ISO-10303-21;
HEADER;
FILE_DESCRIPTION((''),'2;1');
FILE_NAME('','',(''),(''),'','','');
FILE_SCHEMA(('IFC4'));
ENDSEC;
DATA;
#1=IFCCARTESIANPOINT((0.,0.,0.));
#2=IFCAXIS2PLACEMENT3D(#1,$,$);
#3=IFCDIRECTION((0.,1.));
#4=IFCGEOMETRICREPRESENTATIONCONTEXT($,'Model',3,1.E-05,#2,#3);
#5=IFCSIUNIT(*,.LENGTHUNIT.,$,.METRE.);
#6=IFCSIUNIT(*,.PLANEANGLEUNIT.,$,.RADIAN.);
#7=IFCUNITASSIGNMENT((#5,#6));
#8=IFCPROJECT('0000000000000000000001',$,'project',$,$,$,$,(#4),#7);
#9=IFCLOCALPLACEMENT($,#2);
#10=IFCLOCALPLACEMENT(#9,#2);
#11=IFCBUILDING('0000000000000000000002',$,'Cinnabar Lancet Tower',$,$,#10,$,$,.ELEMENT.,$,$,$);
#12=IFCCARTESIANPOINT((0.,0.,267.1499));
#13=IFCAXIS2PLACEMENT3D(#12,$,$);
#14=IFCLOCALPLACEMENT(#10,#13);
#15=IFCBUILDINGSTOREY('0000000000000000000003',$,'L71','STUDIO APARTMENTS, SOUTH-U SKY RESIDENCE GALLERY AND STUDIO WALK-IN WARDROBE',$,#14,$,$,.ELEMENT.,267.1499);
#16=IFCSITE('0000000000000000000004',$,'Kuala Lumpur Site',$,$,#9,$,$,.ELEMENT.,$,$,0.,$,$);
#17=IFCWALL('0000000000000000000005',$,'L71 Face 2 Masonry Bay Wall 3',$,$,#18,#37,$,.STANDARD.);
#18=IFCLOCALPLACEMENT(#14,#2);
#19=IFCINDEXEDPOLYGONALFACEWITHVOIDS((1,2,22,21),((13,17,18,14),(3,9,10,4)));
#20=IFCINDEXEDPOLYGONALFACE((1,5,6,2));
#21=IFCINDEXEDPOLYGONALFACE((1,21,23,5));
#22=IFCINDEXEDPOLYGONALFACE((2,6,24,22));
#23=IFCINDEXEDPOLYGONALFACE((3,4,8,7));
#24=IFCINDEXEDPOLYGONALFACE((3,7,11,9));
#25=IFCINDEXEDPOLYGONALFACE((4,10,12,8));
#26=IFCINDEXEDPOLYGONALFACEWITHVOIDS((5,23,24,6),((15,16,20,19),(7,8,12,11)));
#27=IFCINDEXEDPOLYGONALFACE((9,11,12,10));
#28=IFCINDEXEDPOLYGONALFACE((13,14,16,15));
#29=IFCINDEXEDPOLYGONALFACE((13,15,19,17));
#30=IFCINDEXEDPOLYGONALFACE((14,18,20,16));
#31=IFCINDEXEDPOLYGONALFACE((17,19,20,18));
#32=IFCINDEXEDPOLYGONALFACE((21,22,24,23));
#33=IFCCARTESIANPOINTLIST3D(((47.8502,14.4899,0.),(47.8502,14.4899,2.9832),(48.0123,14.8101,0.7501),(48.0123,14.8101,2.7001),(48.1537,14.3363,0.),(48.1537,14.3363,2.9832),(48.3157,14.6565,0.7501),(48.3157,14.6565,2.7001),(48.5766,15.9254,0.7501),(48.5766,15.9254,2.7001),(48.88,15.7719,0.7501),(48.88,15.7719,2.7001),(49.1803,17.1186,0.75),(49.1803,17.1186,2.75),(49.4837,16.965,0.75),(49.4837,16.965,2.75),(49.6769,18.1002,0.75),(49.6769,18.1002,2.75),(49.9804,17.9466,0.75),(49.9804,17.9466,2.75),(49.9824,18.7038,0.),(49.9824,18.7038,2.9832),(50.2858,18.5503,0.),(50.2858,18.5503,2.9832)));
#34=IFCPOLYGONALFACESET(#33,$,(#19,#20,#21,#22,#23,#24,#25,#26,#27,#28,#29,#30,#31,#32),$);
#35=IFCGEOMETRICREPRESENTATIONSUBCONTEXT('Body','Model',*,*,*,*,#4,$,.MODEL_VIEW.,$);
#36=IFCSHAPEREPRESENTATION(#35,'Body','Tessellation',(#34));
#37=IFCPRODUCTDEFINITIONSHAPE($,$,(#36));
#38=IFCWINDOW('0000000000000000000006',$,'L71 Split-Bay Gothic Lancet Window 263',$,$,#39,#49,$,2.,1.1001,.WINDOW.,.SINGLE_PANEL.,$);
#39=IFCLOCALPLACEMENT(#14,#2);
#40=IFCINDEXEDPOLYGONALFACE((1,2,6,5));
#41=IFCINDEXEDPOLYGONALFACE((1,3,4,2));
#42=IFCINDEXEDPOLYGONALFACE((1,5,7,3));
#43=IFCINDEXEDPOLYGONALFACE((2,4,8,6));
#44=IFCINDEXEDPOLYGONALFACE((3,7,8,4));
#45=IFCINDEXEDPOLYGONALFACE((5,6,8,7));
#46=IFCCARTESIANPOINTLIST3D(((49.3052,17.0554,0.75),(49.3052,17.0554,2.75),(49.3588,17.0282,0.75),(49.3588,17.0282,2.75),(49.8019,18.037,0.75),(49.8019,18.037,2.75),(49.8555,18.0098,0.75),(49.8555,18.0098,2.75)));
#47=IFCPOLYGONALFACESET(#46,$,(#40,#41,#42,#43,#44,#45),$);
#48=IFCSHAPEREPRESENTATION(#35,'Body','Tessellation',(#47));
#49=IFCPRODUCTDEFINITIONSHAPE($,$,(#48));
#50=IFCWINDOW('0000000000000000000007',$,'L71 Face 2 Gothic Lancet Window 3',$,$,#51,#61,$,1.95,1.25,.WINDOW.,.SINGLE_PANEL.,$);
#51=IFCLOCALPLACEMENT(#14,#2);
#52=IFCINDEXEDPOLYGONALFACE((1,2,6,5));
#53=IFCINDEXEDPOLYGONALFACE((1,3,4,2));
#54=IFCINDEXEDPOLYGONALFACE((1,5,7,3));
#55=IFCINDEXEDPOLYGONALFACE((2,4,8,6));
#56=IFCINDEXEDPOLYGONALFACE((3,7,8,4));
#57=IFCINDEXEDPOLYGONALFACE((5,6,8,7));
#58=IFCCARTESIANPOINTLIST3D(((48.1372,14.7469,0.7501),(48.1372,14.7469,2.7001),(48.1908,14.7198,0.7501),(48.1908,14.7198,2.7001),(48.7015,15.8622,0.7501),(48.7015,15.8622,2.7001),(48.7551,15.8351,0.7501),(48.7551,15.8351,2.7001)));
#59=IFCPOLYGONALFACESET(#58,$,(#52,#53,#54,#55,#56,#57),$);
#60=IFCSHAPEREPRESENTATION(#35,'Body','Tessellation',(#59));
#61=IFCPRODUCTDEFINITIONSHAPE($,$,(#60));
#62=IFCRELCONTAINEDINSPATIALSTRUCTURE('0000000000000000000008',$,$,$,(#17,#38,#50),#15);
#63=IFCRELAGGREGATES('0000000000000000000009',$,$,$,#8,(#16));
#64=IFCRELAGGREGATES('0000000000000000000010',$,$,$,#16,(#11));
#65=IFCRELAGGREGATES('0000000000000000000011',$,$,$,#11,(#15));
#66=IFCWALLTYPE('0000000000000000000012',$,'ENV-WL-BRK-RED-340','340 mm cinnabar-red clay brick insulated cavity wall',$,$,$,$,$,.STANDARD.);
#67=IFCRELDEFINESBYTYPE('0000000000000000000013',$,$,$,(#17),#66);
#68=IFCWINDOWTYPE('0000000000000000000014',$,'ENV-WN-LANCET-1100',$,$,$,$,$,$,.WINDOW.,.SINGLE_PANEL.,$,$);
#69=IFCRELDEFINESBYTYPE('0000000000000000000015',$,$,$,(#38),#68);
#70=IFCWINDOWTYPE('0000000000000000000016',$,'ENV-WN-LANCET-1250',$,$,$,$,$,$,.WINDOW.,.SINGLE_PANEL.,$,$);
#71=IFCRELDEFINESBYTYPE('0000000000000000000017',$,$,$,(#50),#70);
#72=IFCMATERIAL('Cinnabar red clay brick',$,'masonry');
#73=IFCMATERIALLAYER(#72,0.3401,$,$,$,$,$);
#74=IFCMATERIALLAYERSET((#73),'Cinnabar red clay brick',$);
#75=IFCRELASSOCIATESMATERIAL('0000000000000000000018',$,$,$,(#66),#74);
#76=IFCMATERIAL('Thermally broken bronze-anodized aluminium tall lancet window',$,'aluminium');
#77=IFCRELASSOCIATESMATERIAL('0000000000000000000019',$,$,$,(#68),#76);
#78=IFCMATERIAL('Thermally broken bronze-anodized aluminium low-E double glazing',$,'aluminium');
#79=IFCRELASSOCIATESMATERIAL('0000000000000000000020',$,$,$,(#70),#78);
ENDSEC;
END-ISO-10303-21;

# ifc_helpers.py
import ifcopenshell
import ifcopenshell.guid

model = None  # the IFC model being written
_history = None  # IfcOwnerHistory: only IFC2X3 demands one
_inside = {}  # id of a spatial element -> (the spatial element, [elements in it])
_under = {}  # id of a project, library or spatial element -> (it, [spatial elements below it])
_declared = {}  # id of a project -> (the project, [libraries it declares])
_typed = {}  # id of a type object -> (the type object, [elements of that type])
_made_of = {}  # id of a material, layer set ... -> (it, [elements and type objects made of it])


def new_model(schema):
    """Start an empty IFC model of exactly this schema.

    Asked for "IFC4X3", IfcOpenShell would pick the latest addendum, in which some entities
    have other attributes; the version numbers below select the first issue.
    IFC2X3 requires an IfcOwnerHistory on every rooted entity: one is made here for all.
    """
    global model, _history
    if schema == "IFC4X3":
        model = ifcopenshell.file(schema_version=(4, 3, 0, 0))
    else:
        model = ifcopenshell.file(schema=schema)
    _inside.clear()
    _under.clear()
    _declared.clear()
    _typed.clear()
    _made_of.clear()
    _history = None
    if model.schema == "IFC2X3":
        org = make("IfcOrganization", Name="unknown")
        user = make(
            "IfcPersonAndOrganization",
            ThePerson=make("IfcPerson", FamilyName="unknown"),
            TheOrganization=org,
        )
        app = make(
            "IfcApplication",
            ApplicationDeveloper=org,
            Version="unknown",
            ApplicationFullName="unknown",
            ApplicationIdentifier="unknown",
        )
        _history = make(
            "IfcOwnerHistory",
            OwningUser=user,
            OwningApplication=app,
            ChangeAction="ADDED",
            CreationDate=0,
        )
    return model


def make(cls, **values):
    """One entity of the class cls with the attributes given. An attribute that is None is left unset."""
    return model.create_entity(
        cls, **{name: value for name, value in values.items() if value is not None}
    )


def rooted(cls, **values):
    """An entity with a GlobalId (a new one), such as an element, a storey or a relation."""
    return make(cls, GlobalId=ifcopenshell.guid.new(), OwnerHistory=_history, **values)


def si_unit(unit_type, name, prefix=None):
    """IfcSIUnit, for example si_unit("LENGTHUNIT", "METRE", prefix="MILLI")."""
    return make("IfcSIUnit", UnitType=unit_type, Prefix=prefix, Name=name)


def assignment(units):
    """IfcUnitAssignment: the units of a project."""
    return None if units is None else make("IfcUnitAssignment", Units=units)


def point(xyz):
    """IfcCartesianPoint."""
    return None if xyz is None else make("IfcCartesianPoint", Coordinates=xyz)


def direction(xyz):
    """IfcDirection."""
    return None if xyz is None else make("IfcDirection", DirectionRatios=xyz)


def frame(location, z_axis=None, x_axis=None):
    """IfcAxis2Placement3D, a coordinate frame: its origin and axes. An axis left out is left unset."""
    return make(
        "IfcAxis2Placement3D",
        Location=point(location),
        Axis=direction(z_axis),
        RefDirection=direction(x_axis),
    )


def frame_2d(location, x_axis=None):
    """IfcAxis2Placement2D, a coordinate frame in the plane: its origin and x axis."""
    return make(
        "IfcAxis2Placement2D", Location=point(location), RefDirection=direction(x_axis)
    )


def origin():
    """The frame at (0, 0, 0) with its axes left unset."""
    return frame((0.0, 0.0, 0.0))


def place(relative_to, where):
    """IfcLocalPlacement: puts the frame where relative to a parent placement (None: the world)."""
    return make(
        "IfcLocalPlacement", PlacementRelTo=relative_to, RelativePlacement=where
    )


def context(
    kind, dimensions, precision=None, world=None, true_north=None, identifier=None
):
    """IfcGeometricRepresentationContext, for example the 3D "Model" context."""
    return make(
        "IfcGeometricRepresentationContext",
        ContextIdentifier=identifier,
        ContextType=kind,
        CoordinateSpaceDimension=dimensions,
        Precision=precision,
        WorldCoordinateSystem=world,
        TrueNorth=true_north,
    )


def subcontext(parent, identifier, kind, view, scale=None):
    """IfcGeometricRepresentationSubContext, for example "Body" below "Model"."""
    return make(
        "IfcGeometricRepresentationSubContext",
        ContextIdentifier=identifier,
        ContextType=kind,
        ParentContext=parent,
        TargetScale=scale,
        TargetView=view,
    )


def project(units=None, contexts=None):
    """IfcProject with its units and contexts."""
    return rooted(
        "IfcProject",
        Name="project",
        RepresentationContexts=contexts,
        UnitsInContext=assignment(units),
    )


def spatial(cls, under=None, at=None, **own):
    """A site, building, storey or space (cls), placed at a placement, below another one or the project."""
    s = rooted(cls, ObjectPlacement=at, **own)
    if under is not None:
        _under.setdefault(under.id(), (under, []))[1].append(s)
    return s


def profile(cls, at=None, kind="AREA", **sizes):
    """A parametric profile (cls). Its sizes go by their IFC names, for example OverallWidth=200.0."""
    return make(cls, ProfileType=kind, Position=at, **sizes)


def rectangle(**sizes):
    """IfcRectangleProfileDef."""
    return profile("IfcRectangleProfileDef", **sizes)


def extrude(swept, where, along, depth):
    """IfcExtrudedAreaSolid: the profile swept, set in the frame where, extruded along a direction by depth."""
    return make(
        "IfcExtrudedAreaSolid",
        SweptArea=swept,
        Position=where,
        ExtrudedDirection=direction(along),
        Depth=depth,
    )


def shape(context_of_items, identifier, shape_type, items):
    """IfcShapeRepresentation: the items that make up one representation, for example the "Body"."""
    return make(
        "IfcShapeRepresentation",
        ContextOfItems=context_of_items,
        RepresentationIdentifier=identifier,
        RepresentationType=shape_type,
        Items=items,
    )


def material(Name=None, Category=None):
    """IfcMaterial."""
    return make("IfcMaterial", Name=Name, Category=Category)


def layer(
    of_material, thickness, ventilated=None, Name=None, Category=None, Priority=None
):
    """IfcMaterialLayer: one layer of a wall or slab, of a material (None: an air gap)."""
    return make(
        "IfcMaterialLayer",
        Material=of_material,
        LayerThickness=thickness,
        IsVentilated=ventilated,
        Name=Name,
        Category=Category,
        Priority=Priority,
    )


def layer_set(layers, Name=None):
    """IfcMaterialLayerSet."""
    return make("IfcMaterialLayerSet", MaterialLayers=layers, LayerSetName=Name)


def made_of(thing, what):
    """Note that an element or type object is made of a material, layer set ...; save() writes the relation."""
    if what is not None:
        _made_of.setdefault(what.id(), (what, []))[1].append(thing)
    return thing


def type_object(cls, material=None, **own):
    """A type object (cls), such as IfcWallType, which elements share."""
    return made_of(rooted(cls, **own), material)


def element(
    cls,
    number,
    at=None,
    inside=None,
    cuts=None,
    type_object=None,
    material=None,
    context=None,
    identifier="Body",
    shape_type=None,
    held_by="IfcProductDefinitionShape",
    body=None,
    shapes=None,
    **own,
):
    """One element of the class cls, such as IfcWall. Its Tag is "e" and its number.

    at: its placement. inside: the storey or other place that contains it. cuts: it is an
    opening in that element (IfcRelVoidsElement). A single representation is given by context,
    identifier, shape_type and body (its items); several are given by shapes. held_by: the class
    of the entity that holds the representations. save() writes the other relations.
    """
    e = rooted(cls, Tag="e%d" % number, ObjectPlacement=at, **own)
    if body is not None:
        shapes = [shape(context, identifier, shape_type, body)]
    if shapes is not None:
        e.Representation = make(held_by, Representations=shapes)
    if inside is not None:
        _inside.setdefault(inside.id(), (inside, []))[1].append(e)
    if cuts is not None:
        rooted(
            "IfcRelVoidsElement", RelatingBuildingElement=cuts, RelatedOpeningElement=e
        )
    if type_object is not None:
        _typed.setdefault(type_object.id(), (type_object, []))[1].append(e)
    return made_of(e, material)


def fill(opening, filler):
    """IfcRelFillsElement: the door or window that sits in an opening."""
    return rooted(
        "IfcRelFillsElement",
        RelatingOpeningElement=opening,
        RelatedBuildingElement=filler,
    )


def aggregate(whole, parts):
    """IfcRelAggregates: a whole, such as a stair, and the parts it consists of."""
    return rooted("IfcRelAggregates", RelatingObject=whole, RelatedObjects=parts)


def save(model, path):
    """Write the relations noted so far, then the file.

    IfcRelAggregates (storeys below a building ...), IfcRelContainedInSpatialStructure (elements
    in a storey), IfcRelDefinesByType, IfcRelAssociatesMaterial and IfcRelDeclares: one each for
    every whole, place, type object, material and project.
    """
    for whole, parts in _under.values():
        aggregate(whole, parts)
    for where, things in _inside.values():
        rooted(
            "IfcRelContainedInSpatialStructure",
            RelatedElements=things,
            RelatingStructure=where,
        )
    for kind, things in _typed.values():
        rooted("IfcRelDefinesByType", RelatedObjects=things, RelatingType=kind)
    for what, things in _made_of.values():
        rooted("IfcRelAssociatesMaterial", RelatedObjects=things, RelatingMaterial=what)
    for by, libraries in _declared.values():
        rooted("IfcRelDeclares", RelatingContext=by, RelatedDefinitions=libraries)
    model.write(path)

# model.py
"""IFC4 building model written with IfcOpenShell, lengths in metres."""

from ifc_helpers import new_model, si_unit, direction, frame, frame_2d, origin, place, context, subcontext, project, spatial, rectangle, extrude, material, layer, layer_set, type_object, element, fill, save


model = new_model("IFC4")

# Units and contexts
model_context = context("Model", 3, precision=1e-05, world=origin(), true_north=direction((0.0, 1.0)))
body_context = subcontext(model_context, "Body", "Model", "MODEL_VIEW")
ifc_project = project(units=[si_unit("LENGTHUNIT", "METRE"), si_unit("PLANEANGLEUNIT", "RADIAN")], contexts=[model_context])

# Site, building, storey
site_placement = place(None, origin())
site = spatial("IfcSite", under=ifc_project, at=site_placement, Name="Kuala Lumpur Site", CompositionType="ELEMENT", RefElevation=0.0)
building_placement = place(site_placement, origin())
building = spatial("IfcBuilding", under=site, at=building_placement, Name="Cinnabar Lancet Tower", CompositionType="ELEMENT")
storey_placement = place(building_placement, frame((0.0, 0.0, 267.1499)))
storey = spatial("IfcBuildingStorey", under=building, at=storey_placement, Name="L71", Description="STUDIO APARTMENTS, SOUTH-U SKY RESIDENCE GALLERY AND STUDIO WALK-IN WARDROBE", CompositionType="ELEMENT", Elevation=267.1499)

# Shared definitions
ifc_material_1 = material(Name="Cinnabar red clay brick", Category="masonry")
ifc_layer_1 = layer(ifc_material_1, 0.3401)
ifc_layer_set_1 = layer_set([ifc_layer_1], Name="Cinnabar red clay brick")
wall_type_1 = type_object("IfcWallType", Name="ENV-WL-BRK-RED-340", Description="340 mm cinnabar-red clay brick insulated cavity wall", PredefinedType="STANDARD", material=ifc_layer_set_1)

# Wall, openings, windows
wall_1_placement = place(storey_placement, frame((48.002, 14.4131, 0.0), z_axis=(0.0, 0.0, 1.0), x_axis=(0.451468, 0.892287, 0.0)))
wall_1 = element("IfcWall", 1, at=wall_1_placement, inside=storey, type_object=wall_type_1, Name="L71 Face 2 Masonry Bay Wall 3", PredefinedType="STANDARD", context=body_context, shape_type="SweptSolid", body=[
    extrude(rectangle(XDim=4.7227, YDim=0.3401, at=frame_2d((2.3613, 0.0))), origin(), (0.0, 0.0, 1.0), 2.9832),
])
opening_1_placement = place(wall_1_placement, frame((0.3589, 0.0, 0.75)))
opening_1 = element("IfcOpeningElement", 2, at=opening_1_placement, cuts=wall_1, PredefinedType="OPENING", context=body_context, shape_type="SweptSolid", body=[
    extrude(rectangle(XDim=1.25, YDim=1.95, at=frame_2d((0.625, 0.9751))), frame((0.0, 0.1799, 0.0), z_axis=(0.0, -1.0, 0.0), x_axis=(1.0, 0.0, 0.0)), (0.0, 0.0, 1.0), 0.3601),
])
opening_2_placement = place(wall_1_placement, frame((2.946, 0.0, 0.75)))
opening_2 = element("IfcOpeningElement", 3, at=opening_2_placement, cuts=wall_1, PredefinedType="OPENING", context=body_context, shape_type="SweptSolid", body=[
    extrude(rectangle(XDim=1.1001, YDim=2.0, at=frame_2d((0.55, 1.0))), frame((0.0, 0.1799, 0.0), z_axis=(0.0, -1.0, 0.0), x_axis=(1.0, 0.0, 0.0)), (0.0, 0.0, 1.0), 0.3601),
])
ifc_material_2 = material(Name="Thermally broken bronze-anodized aluminium tall lancet window", Category="aluminium")
window_type_1 = type_object("IfcWindowType", Name="ENV-WN-LANCET-1100", PartitioningType="SINGLE_PANEL", PredefinedType="WINDOW", material=ifc_material_2)
window_1_placement = place(opening_2_placement, origin())
window_1 = element("IfcWindow", 4, at=window_1_placement, inside=storey, type_object=window_type_1, Name="L71 Split-Bay Gothic Lancet Window 263", OverallHeight=2.0, OverallWidth=1.1001, PartitioningType="SINGLE_PANEL", PredefinedType="WINDOW", context=body_context, shape_type="SweptSolid", body=[
    extrude(rectangle(XDim=1.1001, YDim=2.0, at=frame_2d((0.55, 1.0))), frame((0.0, 0.03, 0.0), z_axis=(0.0, -1.0, 0.0), x_axis=(1.0, 0.0, 0.0)), (0.0, 0.0, 1.0), 0.0601),
])
fill(opening_2, window_1)
ifc_material_3 = material(Name="Thermally broken bronze-anodized aluminium low-E double glazing", Category="aluminium")
window_type_2 = type_object("IfcWindowType", Name="ENV-WN-LANCET-1250", PartitioningType="SINGLE_PANEL", PredefinedType="WINDOW", material=ifc_material_3)
window_2_placement = place(opening_1_placement, origin())
window_2 = element("IfcWindow", 5, at=window_2_placement, inside=storey, type_object=window_type_2, Name="L71 Face 2 Gothic Lancet Window 3", OverallHeight=1.95, OverallWidth=1.25, PartitioningType="SINGLE_PANEL", PredefinedType="WINDOW", context=body_context, shape_type="SweptSolid", body=[
    extrude(rectangle(XDim=1.25, YDim=1.95, at=frame_2d((0.625, 0.9751))), frame((0.0, 0.03, 0.0), z_axis=(0.0, -1.0, 0.0), x_axis=(1.0, 0.0, 0.0)), (0.0, 0.0, 1.0), 0.0601),
])
fill(opening_1, window_2)

save(model, "model.ifc")
